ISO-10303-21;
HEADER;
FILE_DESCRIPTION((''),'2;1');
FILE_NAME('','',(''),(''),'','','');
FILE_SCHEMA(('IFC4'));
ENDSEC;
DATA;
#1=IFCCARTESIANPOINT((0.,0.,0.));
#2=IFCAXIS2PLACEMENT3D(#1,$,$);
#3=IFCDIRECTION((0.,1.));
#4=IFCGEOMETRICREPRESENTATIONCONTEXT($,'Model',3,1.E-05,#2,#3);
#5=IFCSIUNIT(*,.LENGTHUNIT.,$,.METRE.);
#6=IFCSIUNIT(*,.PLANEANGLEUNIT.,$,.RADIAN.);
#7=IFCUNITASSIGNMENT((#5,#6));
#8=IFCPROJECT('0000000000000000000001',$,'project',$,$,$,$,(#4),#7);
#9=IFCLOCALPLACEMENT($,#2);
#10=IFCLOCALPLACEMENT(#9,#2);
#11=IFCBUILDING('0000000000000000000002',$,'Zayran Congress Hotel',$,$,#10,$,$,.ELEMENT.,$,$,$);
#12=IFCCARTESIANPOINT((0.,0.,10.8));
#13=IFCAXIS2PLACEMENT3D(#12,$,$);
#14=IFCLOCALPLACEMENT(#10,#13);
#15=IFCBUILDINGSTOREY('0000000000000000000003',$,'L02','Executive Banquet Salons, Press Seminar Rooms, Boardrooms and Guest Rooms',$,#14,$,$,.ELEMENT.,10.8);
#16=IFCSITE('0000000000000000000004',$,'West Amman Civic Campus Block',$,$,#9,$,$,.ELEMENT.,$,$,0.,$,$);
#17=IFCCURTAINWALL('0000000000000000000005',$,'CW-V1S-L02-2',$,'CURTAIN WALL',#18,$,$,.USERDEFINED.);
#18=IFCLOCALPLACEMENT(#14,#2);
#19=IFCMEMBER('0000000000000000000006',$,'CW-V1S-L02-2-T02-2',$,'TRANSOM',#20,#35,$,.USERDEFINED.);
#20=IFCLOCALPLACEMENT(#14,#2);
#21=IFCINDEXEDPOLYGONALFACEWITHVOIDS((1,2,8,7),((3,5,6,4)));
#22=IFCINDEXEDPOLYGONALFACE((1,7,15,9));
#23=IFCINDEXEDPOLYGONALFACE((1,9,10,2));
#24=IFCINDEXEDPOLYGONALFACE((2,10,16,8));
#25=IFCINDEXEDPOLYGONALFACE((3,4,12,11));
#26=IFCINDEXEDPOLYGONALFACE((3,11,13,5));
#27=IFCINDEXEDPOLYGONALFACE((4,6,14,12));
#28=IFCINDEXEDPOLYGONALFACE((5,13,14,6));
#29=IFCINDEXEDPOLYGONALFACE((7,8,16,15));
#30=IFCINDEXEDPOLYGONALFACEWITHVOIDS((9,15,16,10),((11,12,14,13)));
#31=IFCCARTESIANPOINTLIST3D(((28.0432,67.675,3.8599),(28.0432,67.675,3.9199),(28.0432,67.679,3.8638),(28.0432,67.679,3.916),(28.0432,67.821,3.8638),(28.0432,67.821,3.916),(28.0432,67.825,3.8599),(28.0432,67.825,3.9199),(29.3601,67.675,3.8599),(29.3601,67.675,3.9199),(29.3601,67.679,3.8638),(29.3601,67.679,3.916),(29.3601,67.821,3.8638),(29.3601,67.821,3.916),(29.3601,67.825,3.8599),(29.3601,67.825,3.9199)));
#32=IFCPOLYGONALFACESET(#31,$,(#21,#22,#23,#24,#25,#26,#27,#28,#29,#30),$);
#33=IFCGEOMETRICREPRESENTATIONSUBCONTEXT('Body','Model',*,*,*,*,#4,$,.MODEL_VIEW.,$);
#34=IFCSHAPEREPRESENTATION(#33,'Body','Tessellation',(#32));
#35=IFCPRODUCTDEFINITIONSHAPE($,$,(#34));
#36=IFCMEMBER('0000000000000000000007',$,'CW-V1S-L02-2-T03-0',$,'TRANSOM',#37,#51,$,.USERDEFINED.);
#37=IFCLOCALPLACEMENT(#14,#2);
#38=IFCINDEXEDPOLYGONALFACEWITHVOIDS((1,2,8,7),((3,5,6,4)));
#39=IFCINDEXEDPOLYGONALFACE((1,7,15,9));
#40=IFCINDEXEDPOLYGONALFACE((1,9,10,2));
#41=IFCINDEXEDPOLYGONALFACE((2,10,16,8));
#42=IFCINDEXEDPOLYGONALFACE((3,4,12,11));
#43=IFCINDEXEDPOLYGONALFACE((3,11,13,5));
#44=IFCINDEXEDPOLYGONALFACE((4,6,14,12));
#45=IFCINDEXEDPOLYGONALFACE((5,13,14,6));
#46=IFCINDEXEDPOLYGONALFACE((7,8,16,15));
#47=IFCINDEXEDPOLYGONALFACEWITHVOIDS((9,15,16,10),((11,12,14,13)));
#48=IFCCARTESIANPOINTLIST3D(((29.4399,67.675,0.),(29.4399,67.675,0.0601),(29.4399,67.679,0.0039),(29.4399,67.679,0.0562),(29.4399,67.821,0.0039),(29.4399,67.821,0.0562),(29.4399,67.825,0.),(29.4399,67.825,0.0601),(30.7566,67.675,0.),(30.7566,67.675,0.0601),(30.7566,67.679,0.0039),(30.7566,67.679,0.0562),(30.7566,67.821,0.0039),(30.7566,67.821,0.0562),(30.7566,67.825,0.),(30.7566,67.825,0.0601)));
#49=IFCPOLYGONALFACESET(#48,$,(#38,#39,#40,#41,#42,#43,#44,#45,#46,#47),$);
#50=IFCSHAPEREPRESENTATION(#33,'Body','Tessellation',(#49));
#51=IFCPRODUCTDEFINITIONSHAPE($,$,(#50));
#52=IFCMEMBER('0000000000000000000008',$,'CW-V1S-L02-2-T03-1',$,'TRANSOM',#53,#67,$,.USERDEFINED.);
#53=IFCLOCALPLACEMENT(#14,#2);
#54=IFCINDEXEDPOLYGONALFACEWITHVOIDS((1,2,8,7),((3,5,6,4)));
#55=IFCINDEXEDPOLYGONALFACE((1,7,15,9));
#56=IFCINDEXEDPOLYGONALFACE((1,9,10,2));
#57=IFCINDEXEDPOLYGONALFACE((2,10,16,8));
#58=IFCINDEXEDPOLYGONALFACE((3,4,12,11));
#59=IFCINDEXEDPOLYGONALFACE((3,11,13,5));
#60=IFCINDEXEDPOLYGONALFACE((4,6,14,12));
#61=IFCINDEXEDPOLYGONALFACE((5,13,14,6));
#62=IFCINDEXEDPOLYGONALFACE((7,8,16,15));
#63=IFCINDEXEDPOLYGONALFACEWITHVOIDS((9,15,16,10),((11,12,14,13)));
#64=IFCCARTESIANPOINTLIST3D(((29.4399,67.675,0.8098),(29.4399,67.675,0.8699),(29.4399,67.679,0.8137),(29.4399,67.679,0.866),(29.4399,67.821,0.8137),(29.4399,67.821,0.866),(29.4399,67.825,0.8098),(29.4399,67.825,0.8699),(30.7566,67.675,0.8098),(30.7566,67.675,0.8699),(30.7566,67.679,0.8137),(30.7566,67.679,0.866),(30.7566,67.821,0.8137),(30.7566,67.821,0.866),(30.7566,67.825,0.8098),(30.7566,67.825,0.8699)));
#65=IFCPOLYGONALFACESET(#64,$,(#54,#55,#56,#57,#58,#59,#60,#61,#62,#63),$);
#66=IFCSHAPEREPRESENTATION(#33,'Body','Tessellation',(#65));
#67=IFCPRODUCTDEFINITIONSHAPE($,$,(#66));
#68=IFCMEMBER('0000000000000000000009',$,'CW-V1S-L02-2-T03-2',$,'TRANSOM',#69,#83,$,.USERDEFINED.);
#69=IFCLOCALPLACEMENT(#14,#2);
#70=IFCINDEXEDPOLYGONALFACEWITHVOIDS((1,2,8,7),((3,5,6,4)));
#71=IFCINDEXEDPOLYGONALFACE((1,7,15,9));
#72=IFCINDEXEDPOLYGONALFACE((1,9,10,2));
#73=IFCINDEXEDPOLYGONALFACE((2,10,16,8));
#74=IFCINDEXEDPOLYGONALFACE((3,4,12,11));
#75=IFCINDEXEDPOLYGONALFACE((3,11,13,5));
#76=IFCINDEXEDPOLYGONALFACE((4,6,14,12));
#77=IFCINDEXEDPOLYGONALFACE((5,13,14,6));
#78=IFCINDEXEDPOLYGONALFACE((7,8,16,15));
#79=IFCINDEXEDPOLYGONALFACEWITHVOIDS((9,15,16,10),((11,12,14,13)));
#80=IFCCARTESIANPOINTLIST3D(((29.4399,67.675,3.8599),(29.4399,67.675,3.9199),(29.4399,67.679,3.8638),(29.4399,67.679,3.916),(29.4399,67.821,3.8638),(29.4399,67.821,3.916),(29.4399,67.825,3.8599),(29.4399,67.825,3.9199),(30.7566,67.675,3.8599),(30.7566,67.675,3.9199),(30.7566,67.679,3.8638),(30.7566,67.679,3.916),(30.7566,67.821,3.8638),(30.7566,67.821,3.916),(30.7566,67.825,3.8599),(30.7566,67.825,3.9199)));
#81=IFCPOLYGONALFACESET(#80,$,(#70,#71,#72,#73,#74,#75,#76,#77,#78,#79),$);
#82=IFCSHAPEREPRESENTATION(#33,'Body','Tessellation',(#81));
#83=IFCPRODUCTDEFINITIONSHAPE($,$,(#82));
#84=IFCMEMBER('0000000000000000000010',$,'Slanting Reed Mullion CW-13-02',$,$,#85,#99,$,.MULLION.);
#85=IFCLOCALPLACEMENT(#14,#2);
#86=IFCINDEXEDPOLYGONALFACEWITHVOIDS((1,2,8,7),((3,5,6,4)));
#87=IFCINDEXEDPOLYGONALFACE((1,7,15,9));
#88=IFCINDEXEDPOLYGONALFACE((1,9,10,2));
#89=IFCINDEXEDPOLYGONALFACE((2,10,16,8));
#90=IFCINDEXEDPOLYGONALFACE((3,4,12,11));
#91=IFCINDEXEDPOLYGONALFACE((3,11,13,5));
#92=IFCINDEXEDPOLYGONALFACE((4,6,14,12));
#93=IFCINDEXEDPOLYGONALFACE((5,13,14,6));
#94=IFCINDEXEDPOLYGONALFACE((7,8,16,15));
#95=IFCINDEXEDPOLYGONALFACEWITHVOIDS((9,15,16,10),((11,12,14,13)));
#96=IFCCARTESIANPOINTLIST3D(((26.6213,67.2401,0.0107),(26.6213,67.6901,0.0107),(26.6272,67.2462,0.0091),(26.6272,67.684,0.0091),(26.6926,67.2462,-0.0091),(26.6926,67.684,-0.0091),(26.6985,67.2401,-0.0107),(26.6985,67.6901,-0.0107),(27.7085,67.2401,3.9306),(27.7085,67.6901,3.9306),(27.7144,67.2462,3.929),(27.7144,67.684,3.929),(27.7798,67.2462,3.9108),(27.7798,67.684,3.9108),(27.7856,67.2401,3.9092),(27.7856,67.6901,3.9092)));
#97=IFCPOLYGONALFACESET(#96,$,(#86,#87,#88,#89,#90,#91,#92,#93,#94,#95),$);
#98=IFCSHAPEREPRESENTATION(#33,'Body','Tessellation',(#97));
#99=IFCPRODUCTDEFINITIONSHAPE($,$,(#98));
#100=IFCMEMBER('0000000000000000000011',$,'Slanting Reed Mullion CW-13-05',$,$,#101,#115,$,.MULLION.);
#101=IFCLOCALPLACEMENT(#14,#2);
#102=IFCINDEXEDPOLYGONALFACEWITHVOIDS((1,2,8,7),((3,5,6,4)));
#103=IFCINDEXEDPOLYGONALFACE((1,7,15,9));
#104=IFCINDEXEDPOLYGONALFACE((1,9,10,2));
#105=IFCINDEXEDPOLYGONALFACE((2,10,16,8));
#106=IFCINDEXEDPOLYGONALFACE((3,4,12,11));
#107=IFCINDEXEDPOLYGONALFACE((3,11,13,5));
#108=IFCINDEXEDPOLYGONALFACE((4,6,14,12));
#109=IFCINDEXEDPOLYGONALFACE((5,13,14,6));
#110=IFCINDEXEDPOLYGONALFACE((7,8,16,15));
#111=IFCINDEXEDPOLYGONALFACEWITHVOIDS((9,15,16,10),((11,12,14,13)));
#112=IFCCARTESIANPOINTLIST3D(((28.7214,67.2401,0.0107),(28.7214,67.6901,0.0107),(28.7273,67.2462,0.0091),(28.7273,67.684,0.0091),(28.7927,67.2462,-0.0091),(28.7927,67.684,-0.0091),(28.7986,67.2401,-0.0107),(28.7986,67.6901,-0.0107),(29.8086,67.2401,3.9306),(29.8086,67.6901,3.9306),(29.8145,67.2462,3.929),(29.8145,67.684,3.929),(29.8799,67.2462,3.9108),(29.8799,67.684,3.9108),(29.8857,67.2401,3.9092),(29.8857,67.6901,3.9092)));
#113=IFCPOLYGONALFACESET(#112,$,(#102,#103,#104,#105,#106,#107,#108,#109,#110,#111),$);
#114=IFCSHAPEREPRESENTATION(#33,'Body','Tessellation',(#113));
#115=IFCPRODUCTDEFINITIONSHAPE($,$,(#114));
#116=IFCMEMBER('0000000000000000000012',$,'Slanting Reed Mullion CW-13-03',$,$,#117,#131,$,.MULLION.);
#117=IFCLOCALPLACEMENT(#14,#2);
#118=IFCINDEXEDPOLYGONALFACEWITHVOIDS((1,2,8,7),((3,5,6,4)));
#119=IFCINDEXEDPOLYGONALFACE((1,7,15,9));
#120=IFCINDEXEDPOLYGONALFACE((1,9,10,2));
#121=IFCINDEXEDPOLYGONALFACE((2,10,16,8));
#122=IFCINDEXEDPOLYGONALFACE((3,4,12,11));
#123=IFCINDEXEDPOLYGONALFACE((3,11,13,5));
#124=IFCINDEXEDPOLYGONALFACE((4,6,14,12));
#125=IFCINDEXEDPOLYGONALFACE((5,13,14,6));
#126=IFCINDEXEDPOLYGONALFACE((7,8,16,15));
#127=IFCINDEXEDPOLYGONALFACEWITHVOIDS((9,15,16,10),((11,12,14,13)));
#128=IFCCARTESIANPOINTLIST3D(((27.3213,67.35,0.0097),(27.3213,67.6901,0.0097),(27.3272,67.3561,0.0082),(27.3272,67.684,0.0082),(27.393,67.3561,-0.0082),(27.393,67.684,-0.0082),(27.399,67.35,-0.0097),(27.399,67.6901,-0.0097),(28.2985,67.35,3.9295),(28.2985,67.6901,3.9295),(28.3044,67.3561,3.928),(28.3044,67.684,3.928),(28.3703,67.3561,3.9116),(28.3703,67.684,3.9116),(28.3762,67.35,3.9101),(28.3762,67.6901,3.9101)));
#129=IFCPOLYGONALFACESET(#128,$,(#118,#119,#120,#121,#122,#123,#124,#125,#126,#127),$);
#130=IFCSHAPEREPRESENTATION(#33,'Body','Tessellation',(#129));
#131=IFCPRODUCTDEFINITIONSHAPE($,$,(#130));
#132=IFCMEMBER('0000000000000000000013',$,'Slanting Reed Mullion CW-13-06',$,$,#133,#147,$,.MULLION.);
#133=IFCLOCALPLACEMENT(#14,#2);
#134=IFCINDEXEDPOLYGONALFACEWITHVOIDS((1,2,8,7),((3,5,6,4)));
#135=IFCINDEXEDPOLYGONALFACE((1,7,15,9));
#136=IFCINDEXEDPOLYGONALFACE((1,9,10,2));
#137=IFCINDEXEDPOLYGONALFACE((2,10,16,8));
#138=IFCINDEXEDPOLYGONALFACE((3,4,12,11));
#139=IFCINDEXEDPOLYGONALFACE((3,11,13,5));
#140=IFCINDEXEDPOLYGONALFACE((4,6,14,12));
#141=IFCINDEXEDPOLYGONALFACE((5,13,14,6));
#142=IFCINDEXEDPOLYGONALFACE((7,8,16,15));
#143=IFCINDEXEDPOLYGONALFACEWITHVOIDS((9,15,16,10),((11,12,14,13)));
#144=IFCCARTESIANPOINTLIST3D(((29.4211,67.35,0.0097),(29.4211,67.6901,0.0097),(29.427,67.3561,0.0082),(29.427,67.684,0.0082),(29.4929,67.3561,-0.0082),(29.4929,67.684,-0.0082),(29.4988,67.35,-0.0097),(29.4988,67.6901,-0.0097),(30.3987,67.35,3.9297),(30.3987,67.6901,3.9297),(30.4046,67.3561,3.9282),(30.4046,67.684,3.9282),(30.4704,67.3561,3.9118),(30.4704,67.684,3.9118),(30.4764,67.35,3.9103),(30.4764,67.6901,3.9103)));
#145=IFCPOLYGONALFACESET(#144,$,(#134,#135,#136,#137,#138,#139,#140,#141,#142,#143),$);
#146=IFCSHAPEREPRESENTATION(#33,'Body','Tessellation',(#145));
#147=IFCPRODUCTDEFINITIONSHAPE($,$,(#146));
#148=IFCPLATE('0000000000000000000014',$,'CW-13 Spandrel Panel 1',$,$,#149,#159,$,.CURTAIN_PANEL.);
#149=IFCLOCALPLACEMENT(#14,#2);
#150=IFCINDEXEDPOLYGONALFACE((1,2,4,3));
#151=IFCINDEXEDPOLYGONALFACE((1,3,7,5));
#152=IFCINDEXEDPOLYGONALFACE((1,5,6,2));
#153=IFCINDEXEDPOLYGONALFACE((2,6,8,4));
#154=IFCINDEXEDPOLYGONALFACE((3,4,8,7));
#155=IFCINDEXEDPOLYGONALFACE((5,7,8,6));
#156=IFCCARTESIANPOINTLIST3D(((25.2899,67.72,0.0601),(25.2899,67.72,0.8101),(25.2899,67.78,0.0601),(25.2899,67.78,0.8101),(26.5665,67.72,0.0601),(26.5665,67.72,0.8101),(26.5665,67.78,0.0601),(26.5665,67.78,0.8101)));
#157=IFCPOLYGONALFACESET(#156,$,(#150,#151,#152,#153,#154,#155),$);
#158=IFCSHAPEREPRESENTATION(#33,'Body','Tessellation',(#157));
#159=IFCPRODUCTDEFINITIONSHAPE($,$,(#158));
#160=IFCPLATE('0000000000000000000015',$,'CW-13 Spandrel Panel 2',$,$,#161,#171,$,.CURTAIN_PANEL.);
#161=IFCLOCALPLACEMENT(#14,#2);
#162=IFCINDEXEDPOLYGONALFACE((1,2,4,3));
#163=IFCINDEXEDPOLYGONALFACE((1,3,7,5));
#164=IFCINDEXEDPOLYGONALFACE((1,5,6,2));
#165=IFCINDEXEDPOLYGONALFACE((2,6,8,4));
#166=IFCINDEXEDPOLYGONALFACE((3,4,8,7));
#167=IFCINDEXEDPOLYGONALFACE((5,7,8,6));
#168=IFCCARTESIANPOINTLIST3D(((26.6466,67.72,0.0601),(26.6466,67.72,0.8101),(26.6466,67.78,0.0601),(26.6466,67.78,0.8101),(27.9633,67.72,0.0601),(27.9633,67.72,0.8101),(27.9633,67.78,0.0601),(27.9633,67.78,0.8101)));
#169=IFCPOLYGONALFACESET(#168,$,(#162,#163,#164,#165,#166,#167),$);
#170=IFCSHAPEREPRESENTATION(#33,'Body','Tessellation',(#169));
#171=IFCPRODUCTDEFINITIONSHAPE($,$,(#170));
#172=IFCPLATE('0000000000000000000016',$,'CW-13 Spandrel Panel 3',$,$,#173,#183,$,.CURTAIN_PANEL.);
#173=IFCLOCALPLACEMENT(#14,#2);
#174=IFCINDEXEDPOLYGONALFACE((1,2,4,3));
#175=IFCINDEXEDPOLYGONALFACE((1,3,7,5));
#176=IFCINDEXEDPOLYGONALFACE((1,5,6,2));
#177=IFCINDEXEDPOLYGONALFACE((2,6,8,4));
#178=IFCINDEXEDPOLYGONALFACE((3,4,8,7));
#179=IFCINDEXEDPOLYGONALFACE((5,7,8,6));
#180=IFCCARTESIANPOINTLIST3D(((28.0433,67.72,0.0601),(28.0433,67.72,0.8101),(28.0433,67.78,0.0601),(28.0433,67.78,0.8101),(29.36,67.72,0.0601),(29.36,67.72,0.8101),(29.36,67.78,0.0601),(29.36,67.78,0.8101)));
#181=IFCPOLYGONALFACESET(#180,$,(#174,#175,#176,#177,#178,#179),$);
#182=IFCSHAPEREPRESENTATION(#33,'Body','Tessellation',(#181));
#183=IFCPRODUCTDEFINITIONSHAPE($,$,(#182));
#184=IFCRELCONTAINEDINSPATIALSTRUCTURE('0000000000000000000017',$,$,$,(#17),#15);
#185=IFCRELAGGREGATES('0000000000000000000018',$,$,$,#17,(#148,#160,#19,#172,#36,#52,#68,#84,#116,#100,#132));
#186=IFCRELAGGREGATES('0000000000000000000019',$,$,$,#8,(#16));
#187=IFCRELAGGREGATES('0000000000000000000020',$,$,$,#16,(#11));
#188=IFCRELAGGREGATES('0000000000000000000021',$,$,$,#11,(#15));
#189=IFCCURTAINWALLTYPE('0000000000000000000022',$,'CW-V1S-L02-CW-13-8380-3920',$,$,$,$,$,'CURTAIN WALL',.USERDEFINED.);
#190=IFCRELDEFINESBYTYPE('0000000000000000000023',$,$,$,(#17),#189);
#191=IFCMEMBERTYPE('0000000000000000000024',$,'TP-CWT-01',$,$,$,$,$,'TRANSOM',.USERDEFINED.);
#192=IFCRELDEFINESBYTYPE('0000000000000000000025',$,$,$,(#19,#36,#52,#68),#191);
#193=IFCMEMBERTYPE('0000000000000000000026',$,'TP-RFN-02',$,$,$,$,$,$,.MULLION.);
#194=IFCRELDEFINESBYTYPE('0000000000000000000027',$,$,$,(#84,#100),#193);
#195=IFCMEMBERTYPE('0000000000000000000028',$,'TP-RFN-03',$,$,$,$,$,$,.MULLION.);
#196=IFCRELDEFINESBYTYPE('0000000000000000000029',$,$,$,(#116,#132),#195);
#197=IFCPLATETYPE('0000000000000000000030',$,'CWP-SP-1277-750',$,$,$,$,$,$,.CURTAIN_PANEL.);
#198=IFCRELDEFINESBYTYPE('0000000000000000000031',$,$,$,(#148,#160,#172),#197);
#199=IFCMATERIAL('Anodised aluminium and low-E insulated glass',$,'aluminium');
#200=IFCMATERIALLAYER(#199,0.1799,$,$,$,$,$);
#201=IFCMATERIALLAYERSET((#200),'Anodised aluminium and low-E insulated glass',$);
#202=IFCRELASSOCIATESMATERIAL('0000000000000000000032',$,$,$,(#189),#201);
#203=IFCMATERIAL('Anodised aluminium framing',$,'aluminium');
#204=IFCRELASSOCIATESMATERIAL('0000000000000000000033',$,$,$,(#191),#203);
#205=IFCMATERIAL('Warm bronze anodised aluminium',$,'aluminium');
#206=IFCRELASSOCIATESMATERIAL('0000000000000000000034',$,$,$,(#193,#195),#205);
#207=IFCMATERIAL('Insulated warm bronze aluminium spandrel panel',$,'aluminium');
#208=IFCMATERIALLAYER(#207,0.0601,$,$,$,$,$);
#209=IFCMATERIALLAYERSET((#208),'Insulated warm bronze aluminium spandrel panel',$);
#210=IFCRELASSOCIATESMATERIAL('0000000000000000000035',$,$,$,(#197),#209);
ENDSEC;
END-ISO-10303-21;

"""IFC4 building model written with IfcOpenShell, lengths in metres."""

from ifc_helpers import new_model, si_unit, direction, frame, origin, origin_2d, place, context, subcontext, project, spatial, rectangle, hollow_rectangle, extrude, material, layer, layer_set, material_profile, profile_set, type_object, element, aggregate, save


model = new_model("IFC4")

# Units and contexts
model_context = context("Model", 3, precision=1e-05, world=origin(), true_north=direction((0.0, 1.0)))
body_context = subcontext(model_context, "Body", "Model", "MODEL_VIEW")
ifc_project = project(units=[si_unit("LENGTHUNIT", "METRE"), si_unit("PLANEANGLEUNIT", "RADIAN")], contexts=[model_context])

# Site, building, storey
site_placement = place(None, origin())
site = spatial("IfcSite", under=ifc_project, at=site_placement, Name="West Amman Civic Campus Block", CompositionType="ELEMENT", RefElevation=0.0)
building_placement = place(site_placement, origin())
building = spatial("IfcBuilding", under=site, at=building_placement, Name="Zayran Congress Hotel", CompositionType="ELEMENT")
storey_placement = place(building_placement, frame((0.0, 0.0, 10.8)))
storey = spatial("IfcBuildingStorey", under=building, at=storey_placement, Name="L02", Description="Executive Banquet Salons, Press Seminar Rooms, Boardrooms and Guest Rooms", CompositionType="ELEMENT", Elevation=10.8)

# Curtain wall, members, plates
ifc_material_1 = material(Name="Anodised aluminium and low-E insulated glass", Category="aluminium")
ifc_layer_1 = layer(ifc_material_1, 0.1799)
ifc_layer_set_1 = layer_set([ifc_layer_1], Name="Anodised aluminium and low-E insulated glass")
curtain_wall_type = type_object("IfcCurtainWallType", Name="CW-V1S-L02-CW-13-8380-3920", ElementType="CURTAIN WALL", PredefinedType="USERDEFINED", material=ifc_layer_set_1)
curtain_wall_placement = place(storey_placement, origin())
curtain_wall = element("IfcCurtainWall", 1, at=curtain_wall_placement, inside=storey, type_object=curtain_wall_type, Name="CW-V1S-L02-2", ObjectType="CURTAIN WALL", PredefinedType="USERDEFINED")
ifc_material_2 = material(Name="Anodised aluminium framing", Category="aluminium")
ifc_material_profile_1 = material_profile(ifc_material_2, hollow_rectangle(XDim=0.0601, YDim=0.1499, WallThickness=0.0039, at=origin_2d()), Name="RHS 150x60x4")
ifc_profile_set_1 = profile_set([ifc_material_profile_1], Name="Anodised aluminium framing")
member_type_1 = type_object("IfcMemberType", Name="TP-CWT-01", ElementType="TRANSOM", PredefinedType="USERDEFINED", material=ifc_profile_set_1)
member_1_placement = place(storey_placement, frame((28.0432, 67.75, 3.8899), z_axis=(1.0, 0.0, 0.0), x_axis=(0.0, 0.0, 1.0)))
member_1 = element("IfcMember", 2, at=member_1_placement, type_object=member_type_1, Name="CW-V1S-L02-2-T02-2", ObjectType="TRANSOM", PredefinedType="USERDEFINED", context=body_context, shape_type="SweptSolid", body=[
    extrude(hollow_rectangle(XDim=0.0601, YDim=0.1499, WallThickness=0.0039, at=origin_2d()), origin(), (0.0, 0.0, 1.0), 1.3169),
])
member_2_placement = place(storey_placement, frame((29.4399, 67.75, 0.03), z_axis=(1.0, 0.0, 0.0), x_axis=(0.0, 0.0, 1.0)))
member_2 = element("IfcMember", 3, at=member_2_placement, type_object=member_type_1, Name="CW-V1S-L02-2-T03-0", ObjectType="TRANSOM", PredefinedType="USERDEFINED", context=body_context, shape_type="SweptSolid", body=[
    extrude(hollow_rectangle(XDim=0.0601, YDim=0.1499, WallThickness=0.0039, at=origin_2d()), origin(), (0.0, 0.0, 1.0), 1.3167),
])
member_3_placement = place(storey_placement, frame((29.4399, 67.75, 0.8398), z_axis=(1.0, 0.0, 0.0), x_axis=(0.0, 0.0, 1.0)))
member_3 = element("IfcMember", 4, at=member_3_placement, type_object=member_type_1, Name="CW-V1S-L02-2-T03-1", ObjectType="TRANSOM", PredefinedType="USERDEFINED", context=body_context, shape_type="SweptSolid", body=[
    extrude(hollow_rectangle(XDim=0.0601, YDim=0.1499, WallThickness=0.0039, at=origin_2d()), origin(), (0.0, 0.0, 1.0), 1.3167),
])
member_4_placement = place(storey_placement, frame((29.4399, 67.75, 3.8899), z_axis=(1.0, 0.0, 0.0), x_axis=(0.0, 0.0, 1.0)))
member_4 = element("IfcMember", 5, at=member_4_placement, type_object=member_type_1, Name="CW-V1S-L02-2-T03-2", ObjectType="TRANSOM", PredefinedType="USERDEFINED", context=body_context, shape_type="SweptSolid", body=[
    extrude(hollow_rectangle(XDim=0.0601, YDim=0.1499, WallThickness=0.0039, at=origin_2d()), origin(), (0.0, 0.0, 1.0), 1.3167),
])
ifc_material_3 = material(Name="Warm bronze anodised aluminium", Category="aluminium")
ifc_material_profile_2 = material_profile(ifc_material_3, hollow_rectangle(XDim=0.0801, YDim=0.45, WallThickness=0.0061, at=origin_2d()), Name="RHS 450x80x6")
ifc_profile_set_2 = profile_set([ifc_material_profile_2], Name="Warm bronze anodised aluminium")
member_type_2 = type_object("IfcMemberType", Name="TP-RFN-02", PredefinedType="MULLION", material=ifc_profile_set_2)
member_5_placement = place(storey_placement, frame((26.6599, 67.4651, 0.0), z_axis=(0.267254, 0.0, 0.963626), x_axis=(-0.963626, 0.0, 0.267254)))
member_5 = element("IfcMember", 6, at=member_5_placement, type_object=member_type_2, Name="Slanting Reed Mullion CW-13-02", PredefinedType="MULLION", context=body_context, shape_type="SweptSolid", body=[
    extrude(hollow_rectangle(XDim=0.0801, YDim=0.45, WallThickness=0.0061, at=origin_2d()), origin(), (0.0, 0.0, 1.0), 4.0679),
])
member_6_placement = place(storey_placement, frame((28.76, 67.4651, 0.0), z_axis=(0.267254, 0.0, 0.963626), x_axis=(-0.963626, 0.0, 0.267254)))
member_6 = element("IfcMember", 7, at=member_6_placement, type_object=member_type_2, Name="Slanting Reed Mullion CW-13-05", PredefinedType="MULLION", context=body_context, shape_type="SweptSolid", body=[
    extrude(hollow_rectangle(XDim=0.0801, YDim=0.45, WallThickness=0.0061, at=origin_2d()), origin(), (0.0, 0.0, 1.0), 4.0679),
])
ifc_material_profile_3 = material_profile(ifc_material_3, hollow_rectangle(XDim=0.0801, YDim=0.3401, WallThickness=0.0061, at=origin_2d()), Name="RHS 340x80x6")
ifc_profile_set_3 = profile_set([ifc_material_profile_3], Name="Warm bronze anodised aluminium")
member_type_3 = type_object("IfcMemberType", Name="TP-RFN-03", PredefinedType="MULLION", material=ifc_profile_set_3)
member_7_placement = place(storey_placement, frame((27.3601, 67.52, 0.0), z_axis=(0.24191, 0.0, 0.970299), x_axis=(-0.970299, 0.0, 0.24191)))
member_7 = element("IfcMember", 8, at=member_7_placement, type_object=member_type_3, Name="Slanting Reed Mullion CW-13-03", PredefinedType="MULLION", context=body_context, shape_type="SweptSolid", body=[
    extrude(hollow_rectangle(XDim=0.0801, YDim=0.3401, WallThickness=0.0061, at=origin_2d()), origin(), (0.0, 0.0, 1.0), 4.0398),
])
member_8_placement = place(storey_placement, frame((29.46, 67.52, 0.0), z_axis=(0.241967, 0.0, 0.970285), x_axis=(-0.970285, 0.0, 0.241967)))
member_8 = element("IfcMember", 9, at=member_8_placement, type_object=member_type_3, Name="Slanting Reed Mullion CW-13-06", PredefinedType="MULLION", context=body_context, shape_type="SweptSolid", body=[
    extrude(hollow_rectangle(XDim=0.0801, YDim=0.3401, WallThickness=0.0061, at=origin_2d()), origin(), (0.0, 0.0, 1.0), 4.04),
])
ifc_material_4 = material(Name="Insulated warm bronze aluminium spandrel panel", Category="aluminium")
ifc_layer_2 = layer(ifc_material_4, 0.0601)
ifc_layer_set_2 = layer_set([ifc_layer_2], Name="Insulated warm bronze aluminium spandrel panel")
plate_type_1 = type_object("IfcPlateType", Name="CWP-SP-1277-750", PredefinedType="CURTAIN_PANEL", material=ifc_layer_set_2)
plate_1_placement = place(storey_placement, frame((25.9282, 67.75, 0.0601), z_axis=(0.0, 0.0, 1.0), x_axis=(1.0, 0.0, 0.0)))
plate_1 = element("IfcPlate", 10, at=plate_1_placement, type_object=plate_type_1, Name="CW-13 Spandrel Panel 1", PredefinedType="CURTAIN_PANEL", context=body_context, shape_type="SweptSolid", body=[
    extrude(rectangle(XDim=1.2766, YDim=0.0601, at=origin_2d()), origin(), (0.0, 0.0, 1.0), 0.75),
])
plate_2_placement = place(storey_placement, frame((27.3049, 67.75, 0.0601), z_axis=(0.0, 0.0, 1.0), x_axis=(1.0, 0.0, 0.0)))
plate_2 = element("IfcPlate", 11, at=plate_2_placement, type_object=plate_type_1, Name="CW-13 Spandrel Panel 2", PredefinedType="CURTAIN_PANEL", context=body_context, shape_type="SweptSolid", body=[
    extrude(rectangle(XDim=1.3167, YDim=0.0601, at=origin_2d()), origin(), (0.0, 0.0, 1.0), 0.75),
])
plate_3_placement = place(storey_placement, frame((28.7017, 67.75, 0.0601), z_axis=(0.0, 0.0, 1.0), x_axis=(1.0, 0.0, 0.0)))
plate_3 = element("IfcPlate", 12, at=plate_3_placement, type_object=plate_type_1, Name="CW-13 Spandrel Panel 3", PredefinedType="CURTAIN_PANEL", context=body_context, shape_type="SweptSolid", body=[
    extrude(rectangle(XDim=1.3167, YDim=0.0601, at=origin_2d()), origin(), (0.0, 0.0, 1.0), 0.75),
])
aggregate(curtain_wall, [plate_1, plate_2, member_1, plate_3, member_2, member_3, member_4, member_5, member_7, member_6, member_8])

save(model, "model.ifc")
